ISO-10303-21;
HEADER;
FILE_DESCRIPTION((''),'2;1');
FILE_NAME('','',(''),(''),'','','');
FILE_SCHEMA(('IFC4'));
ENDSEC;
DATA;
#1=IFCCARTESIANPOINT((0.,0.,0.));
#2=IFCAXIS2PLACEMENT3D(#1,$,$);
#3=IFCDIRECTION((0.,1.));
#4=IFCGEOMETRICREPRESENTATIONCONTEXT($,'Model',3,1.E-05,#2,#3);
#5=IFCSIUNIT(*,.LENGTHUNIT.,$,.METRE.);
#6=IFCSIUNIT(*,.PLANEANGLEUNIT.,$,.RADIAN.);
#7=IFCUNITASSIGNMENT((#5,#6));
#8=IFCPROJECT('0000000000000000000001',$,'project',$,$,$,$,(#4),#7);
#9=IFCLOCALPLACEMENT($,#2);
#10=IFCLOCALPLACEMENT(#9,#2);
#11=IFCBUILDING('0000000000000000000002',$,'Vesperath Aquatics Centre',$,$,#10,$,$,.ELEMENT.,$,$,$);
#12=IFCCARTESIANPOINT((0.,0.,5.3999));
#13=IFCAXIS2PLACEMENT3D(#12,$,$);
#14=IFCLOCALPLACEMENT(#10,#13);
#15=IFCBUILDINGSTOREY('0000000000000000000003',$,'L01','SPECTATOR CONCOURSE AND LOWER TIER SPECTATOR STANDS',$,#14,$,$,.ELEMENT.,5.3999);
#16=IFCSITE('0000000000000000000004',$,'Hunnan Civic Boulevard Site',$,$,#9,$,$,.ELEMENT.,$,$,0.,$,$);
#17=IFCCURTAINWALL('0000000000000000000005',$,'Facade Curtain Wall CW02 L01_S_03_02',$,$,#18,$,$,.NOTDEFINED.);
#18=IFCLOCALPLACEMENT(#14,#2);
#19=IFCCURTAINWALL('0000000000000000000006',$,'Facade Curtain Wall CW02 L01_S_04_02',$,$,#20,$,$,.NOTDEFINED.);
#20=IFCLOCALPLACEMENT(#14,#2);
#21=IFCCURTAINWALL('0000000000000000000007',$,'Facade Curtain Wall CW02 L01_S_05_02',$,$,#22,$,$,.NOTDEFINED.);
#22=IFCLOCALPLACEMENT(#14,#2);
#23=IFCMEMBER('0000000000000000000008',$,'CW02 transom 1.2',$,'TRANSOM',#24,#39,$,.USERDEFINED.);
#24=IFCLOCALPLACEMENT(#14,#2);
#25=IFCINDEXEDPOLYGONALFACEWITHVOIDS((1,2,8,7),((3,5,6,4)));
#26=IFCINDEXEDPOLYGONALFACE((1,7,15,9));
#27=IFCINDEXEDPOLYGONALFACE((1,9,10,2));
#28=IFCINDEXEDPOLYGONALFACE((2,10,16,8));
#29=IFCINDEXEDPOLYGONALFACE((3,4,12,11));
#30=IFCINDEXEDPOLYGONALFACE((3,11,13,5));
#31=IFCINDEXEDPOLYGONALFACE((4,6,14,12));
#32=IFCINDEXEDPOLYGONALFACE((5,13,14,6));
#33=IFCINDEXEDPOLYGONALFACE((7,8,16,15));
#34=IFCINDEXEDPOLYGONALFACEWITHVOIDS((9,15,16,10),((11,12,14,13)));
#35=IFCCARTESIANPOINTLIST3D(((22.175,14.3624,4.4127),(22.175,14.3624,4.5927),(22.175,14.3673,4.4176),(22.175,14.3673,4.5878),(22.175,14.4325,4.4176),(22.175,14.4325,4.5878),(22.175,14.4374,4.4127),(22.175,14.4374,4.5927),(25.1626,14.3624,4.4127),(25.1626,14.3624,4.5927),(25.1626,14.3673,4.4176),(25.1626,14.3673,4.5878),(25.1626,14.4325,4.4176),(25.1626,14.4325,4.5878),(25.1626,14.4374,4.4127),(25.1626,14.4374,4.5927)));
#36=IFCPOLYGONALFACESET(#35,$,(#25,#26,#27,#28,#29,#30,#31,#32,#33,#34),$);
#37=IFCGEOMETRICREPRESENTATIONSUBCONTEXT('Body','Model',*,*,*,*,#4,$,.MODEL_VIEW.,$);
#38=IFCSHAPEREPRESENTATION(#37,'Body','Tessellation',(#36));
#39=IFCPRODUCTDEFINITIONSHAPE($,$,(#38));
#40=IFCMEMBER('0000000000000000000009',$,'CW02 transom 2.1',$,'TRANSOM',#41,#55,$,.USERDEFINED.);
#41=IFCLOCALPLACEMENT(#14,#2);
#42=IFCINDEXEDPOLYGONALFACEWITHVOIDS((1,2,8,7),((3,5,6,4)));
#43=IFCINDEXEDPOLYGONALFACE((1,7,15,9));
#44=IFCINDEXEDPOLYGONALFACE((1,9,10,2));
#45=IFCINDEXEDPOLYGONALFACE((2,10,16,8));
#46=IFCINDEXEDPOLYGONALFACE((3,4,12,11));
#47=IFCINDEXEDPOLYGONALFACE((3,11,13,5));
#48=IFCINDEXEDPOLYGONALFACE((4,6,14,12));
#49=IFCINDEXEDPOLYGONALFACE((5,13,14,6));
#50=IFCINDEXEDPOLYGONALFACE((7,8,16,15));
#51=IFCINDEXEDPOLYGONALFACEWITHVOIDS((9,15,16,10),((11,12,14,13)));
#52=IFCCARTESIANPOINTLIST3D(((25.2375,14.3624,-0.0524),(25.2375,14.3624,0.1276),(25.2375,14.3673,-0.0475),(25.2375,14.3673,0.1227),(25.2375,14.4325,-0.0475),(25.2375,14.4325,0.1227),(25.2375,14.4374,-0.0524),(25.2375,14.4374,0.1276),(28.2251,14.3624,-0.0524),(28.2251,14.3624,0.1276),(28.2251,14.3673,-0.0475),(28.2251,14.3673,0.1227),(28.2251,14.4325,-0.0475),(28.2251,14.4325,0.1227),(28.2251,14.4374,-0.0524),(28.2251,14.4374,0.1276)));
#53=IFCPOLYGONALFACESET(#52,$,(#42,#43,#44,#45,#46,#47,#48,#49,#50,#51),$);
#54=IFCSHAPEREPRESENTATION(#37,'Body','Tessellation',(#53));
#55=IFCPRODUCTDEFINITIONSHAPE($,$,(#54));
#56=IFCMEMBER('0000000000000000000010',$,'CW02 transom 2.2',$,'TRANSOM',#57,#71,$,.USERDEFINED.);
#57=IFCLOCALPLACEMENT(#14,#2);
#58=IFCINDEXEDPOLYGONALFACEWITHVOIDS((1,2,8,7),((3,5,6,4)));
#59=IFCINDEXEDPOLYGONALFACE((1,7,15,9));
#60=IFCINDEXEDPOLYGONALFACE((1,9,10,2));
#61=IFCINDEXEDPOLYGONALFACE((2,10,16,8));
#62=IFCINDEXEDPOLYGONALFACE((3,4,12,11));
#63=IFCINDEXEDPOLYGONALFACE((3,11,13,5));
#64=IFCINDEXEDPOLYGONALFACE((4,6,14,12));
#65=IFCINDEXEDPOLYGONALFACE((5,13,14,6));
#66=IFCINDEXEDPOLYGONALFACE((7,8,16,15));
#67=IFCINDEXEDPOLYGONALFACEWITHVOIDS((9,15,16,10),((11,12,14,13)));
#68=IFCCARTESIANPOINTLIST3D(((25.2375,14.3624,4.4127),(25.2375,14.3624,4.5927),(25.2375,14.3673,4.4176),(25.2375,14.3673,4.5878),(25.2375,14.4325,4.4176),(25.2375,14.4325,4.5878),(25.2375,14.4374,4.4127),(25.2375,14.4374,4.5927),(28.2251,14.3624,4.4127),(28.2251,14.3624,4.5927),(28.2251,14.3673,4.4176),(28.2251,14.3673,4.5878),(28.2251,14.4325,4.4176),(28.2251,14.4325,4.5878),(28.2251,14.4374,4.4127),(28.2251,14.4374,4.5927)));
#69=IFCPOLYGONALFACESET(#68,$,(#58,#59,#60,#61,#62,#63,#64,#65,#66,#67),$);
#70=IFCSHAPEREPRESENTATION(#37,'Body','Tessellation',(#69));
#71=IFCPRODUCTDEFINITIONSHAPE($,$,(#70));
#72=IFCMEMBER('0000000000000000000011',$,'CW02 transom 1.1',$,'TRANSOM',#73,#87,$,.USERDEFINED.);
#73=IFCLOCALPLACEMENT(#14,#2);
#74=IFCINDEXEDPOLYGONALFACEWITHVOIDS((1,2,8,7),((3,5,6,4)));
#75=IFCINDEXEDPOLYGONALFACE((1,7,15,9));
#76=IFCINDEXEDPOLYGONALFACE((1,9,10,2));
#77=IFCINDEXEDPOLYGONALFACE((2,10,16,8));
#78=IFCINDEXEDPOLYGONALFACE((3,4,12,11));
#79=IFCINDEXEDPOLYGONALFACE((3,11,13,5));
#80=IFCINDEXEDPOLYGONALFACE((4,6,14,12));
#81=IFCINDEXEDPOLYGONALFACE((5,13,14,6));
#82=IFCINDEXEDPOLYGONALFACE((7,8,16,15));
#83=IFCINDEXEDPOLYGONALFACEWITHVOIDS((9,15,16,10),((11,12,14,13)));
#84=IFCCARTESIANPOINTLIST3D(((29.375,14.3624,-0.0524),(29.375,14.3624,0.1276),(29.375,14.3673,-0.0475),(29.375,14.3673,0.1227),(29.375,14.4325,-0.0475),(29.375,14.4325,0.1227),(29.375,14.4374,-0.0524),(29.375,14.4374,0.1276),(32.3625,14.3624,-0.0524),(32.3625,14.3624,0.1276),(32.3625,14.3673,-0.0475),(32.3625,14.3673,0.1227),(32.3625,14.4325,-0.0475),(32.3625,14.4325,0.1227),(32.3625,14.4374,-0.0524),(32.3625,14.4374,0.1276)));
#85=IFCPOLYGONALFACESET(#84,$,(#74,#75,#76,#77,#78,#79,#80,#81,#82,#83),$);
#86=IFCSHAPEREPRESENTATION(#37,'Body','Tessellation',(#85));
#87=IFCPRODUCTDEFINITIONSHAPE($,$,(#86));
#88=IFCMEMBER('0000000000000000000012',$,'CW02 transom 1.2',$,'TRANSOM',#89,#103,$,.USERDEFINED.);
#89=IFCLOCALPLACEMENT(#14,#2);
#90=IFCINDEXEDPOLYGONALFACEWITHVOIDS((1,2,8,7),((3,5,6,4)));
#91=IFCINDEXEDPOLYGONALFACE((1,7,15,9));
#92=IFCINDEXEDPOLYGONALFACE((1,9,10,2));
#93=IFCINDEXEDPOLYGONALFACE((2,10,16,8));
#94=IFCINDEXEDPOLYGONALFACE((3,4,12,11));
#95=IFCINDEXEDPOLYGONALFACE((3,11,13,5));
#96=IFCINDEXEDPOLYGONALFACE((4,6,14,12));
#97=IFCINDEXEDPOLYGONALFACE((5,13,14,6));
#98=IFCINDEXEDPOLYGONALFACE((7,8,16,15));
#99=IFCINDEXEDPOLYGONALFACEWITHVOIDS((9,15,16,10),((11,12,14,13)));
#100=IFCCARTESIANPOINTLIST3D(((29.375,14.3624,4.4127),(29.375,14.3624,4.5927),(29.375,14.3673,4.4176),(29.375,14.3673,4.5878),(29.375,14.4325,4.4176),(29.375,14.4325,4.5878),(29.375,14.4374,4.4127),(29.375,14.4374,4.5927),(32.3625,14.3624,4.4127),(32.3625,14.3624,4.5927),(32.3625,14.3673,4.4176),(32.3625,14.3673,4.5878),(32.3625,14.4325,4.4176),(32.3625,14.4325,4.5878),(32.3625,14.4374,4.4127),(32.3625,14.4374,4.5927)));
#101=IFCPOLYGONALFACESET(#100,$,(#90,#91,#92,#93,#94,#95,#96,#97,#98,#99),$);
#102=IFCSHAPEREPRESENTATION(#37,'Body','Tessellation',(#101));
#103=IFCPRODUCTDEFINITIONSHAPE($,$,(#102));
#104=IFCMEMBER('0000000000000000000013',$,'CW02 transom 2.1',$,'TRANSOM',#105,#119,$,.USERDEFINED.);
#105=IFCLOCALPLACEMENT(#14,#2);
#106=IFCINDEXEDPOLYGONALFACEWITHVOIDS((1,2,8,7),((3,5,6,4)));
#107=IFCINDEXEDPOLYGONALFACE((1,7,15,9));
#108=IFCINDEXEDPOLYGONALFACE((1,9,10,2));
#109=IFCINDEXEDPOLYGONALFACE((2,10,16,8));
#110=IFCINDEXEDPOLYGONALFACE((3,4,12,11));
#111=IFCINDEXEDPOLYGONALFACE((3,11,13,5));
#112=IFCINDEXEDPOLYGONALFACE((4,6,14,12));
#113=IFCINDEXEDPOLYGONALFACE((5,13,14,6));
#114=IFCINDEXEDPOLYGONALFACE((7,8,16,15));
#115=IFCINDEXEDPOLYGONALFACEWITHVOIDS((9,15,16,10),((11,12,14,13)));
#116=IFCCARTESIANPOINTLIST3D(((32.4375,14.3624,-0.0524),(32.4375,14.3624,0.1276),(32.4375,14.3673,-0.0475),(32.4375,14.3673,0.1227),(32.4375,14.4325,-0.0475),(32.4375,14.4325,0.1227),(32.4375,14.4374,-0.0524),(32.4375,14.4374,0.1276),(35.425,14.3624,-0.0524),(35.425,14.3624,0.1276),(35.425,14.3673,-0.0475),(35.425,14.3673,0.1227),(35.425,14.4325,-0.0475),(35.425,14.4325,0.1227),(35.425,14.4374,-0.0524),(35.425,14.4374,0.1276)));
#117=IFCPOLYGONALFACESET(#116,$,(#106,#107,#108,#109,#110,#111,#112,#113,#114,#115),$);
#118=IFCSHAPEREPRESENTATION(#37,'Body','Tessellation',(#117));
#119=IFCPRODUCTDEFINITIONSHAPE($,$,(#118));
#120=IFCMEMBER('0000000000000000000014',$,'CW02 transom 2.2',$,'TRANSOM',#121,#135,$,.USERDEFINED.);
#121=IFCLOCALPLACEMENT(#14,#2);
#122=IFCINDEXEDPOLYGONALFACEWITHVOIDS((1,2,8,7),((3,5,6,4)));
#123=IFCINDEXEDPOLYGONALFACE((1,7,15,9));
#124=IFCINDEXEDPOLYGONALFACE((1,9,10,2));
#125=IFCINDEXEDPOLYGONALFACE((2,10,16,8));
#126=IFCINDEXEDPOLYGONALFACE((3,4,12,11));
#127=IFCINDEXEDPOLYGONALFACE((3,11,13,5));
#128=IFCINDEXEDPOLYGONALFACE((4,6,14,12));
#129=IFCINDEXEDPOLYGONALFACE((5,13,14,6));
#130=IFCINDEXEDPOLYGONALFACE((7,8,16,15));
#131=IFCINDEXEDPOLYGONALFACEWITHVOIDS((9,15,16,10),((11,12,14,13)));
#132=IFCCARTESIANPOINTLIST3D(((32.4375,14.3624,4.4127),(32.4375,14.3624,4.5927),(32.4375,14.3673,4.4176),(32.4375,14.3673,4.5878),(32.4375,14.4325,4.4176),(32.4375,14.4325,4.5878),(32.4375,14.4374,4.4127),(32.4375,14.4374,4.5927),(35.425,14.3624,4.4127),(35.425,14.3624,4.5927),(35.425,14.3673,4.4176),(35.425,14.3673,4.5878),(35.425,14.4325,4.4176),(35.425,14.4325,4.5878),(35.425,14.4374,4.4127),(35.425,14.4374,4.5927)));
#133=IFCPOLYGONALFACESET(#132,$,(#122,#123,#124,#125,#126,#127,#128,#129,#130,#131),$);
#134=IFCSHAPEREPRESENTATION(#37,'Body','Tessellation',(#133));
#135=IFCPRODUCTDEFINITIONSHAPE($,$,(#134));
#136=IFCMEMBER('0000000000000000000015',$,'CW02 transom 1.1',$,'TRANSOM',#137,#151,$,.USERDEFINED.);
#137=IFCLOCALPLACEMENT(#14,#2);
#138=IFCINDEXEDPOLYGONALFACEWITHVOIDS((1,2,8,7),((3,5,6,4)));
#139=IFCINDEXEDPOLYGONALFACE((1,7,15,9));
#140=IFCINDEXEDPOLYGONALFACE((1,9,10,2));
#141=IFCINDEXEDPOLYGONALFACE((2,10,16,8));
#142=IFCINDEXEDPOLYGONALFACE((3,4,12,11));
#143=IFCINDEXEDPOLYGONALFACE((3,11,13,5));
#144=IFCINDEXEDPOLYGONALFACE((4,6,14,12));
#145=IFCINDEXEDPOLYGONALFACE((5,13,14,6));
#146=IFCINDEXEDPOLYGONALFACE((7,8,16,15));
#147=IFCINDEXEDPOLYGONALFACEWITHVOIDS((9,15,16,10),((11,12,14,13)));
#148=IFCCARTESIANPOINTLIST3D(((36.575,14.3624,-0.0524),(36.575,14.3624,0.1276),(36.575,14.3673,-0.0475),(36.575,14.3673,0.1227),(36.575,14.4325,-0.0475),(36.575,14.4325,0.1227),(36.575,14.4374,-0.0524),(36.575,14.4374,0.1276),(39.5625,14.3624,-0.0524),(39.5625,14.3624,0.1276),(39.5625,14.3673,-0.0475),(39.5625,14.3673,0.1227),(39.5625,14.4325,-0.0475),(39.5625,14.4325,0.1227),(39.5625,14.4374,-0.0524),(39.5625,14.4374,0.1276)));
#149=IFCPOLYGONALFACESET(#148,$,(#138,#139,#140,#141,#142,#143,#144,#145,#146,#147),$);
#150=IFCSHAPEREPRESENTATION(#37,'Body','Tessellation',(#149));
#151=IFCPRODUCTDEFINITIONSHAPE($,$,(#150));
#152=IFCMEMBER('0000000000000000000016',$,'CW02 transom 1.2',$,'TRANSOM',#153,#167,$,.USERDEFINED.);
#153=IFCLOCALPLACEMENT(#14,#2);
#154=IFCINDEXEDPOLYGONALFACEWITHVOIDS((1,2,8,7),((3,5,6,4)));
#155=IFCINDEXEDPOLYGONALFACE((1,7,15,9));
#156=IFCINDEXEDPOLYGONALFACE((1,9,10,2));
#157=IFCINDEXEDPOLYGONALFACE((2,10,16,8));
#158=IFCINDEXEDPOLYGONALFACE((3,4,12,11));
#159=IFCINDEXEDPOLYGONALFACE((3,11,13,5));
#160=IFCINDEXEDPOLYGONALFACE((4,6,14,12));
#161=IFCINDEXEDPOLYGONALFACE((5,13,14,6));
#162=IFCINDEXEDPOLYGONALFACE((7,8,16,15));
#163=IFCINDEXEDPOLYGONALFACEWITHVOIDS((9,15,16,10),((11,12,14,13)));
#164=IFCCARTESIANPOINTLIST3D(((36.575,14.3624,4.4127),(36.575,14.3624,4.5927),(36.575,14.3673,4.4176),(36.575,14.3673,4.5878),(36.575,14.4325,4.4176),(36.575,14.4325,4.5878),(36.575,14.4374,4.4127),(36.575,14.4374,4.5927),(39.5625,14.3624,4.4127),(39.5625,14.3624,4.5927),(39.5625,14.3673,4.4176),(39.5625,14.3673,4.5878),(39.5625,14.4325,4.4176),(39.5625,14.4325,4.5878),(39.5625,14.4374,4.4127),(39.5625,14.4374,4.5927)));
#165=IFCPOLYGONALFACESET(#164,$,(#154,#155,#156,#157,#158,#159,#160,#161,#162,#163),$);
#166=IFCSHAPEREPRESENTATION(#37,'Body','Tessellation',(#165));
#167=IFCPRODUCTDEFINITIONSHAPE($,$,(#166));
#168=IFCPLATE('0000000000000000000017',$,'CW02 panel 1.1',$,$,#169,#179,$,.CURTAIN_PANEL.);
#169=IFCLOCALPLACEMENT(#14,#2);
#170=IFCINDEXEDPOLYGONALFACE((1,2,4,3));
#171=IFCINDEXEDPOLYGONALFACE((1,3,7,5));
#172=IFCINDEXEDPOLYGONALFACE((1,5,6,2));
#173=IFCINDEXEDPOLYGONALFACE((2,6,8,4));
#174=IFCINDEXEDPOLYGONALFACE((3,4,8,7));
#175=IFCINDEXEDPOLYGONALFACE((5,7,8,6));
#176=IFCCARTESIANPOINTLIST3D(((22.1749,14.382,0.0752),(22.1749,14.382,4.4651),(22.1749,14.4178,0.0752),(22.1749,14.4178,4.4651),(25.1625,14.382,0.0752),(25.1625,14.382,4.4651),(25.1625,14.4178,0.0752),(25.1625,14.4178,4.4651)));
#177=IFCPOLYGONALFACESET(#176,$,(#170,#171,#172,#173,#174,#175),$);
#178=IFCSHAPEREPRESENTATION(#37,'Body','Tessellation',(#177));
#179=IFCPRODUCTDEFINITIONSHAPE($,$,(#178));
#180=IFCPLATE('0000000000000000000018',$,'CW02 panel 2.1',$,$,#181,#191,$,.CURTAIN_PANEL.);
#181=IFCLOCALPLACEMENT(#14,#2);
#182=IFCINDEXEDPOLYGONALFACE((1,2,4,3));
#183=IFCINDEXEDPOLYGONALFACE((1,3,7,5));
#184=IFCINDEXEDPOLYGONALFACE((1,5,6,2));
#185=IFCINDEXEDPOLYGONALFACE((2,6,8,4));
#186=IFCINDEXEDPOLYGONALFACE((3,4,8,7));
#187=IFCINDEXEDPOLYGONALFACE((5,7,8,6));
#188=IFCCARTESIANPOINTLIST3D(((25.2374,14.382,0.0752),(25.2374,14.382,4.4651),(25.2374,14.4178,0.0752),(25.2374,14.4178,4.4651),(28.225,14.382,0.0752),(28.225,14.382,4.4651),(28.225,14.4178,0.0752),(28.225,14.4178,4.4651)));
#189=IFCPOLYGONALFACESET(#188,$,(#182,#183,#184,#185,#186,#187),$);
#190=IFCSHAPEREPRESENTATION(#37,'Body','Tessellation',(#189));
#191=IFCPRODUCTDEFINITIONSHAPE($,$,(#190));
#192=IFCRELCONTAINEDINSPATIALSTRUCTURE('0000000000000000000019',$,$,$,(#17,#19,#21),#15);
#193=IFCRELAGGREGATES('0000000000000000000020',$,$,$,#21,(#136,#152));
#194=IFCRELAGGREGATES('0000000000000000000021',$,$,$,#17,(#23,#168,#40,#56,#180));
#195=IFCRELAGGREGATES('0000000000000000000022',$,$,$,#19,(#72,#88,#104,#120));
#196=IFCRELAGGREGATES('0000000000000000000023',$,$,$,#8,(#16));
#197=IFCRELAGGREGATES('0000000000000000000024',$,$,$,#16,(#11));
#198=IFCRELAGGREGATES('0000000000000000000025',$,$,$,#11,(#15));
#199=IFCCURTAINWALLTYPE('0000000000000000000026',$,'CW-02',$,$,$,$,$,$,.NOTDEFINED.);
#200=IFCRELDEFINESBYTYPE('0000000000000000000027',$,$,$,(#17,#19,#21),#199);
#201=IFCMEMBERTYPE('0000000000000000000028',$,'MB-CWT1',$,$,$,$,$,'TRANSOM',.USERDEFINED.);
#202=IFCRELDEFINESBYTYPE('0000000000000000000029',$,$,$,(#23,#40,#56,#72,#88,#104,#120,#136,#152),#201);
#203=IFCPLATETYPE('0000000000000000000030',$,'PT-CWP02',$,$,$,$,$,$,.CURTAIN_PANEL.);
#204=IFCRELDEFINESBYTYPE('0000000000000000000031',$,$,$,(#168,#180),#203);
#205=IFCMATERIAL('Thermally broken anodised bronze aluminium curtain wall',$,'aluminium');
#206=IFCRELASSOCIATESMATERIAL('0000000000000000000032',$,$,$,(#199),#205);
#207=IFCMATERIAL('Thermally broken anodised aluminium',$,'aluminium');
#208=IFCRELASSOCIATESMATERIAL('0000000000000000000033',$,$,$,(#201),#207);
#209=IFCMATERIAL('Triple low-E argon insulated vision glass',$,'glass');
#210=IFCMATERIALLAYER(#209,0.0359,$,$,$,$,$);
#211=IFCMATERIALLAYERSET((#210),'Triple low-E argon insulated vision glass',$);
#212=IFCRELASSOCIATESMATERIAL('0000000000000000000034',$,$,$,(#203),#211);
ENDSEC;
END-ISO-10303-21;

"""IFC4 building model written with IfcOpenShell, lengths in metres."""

from ifc_helpers import new_model, si_unit, direction, frame, origin, origin_2d, place, context, subcontext, project, spatial, rectangle, hollow_rectangle, extrude, material, layer, layer_set, material_profile, profile_set, type_object, element, aggregate, save


model = new_model("IFC4")

# Units and contexts
model_context = context("Model", 3, precision=1e-05, world=origin(), true_north=direction((0.0, 1.0)))
body_context = subcontext(model_context, "Body", "Model", "MODEL_VIEW")
ifc_project = project(units=[si_unit("LENGTHUNIT", "METRE"), si_unit("PLANEANGLEUNIT", "RADIAN")], contexts=[model_context])

# Site, building, storey
site_placement = place(None, origin())
site = spatial("IfcSite", under=ifc_project, at=site_placement, Name="Hunnan Civic Boulevard Site", CompositionType="ELEMENT", RefElevation=0.0)
building_placement = place(site_placement, origin())
building = spatial("IfcBuilding", under=site, at=building_placement, Name="Vesperath Aquatics Centre", CompositionType="ELEMENT")
storey_placement = place(building_placement, frame((0.0, 0.0, 5.3999)))
storey = spatial("IfcBuildingStorey", under=building, at=storey_placement, Name="L01", Description="SPECTATOR CONCOURSE AND LOWER TIER SPECTATOR STANDS", CompositionType="ELEMENT", Elevation=5.3999)

# Curtain walls
ifc_material_1 = material(Name="Thermally broken anodised bronze aluminium curtain wall", Category="aluminium")
curtain_wall_type = type_object("IfcCurtainWallType", Name="CW-02", PredefinedType="NOTDEFINED", material=ifc_material_1)
curtain_wall_1_placement = place(storey_placement, origin())
curtain_wall_1 = element("IfcCurtainWall", 1, at=curtain_wall_1_placement, inside=storey, type_object=curtain_wall_type, Name="Facade Curtain Wall CW02 L01_S_03_02", PredefinedType="NOTDEFINED")
ifc_material_2 = material(Name="Thermally broken anodised aluminium", Category="aluminium")
curtain_wall_2_placement = place(storey_placement, origin())
curtain_wall_2 = element("IfcCurtainWall", 2, at=curtain_wall_2_placement, inside=storey, type_object=curtain_wall_type, Name="Facade Curtain Wall CW02 L01_S_04_02", PredefinedType="NOTDEFINED")

# Curtain wall
curtain_wall_3_placement = place(storey_placement, origin())
curtain_wall_3 = element("IfcCurtainWall", 3, at=curtain_wall_3_placement, inside=storey, type_object=curtain_wall_type, Name="Facade Curtain Wall CW02 L01_S_05_02", PredefinedType="NOTDEFINED")

# Members
ifc_material_profile_1 = material_profile(ifc_material_2, hollow_rectangle(XDim=0.075, YDim=0.1799, WallThickness=0.0049, at=origin_2d()), Name="CWT 75x180x5")
ifc_profile_set_1 = profile_set([ifc_material_profile_1], Name="Thermally broken anodised aluminium")
member_type_1 = type_object("IfcMemberType", Name="MB-CWT1", ElementType="TRANSOM", PredefinedType="USERDEFINED", material=ifc_profile_set_1)
member_1_placement = place(storey_placement, frame((22.175, 14.3999, 4.5027), z_axis=(1.0, 0.0, 0.0), x_axis=(0.0, 1.0, 0.0)))
member_1 = element("IfcMember", 4, at=member_1_placement, type_object=member_type_1, Name="CW02 transom 1.2", ObjectType="TRANSOM", PredefinedType="USERDEFINED", context=body_context, shape_type="SweptSolid", body=[
    extrude(hollow_rectangle(XDim=0.075, YDim=0.1799, WallThickness=0.0049, at=origin_2d()), origin(), (0.0, 0.0, 1.0), 2.9875),
])
member_2_placement = place(storey_placement, frame((25.2375, 14.3999, 0.0376), z_axis=(1.0, 0.0, 0.0), x_axis=(0.0, 1.0, 0.0)))
member_2 = element("IfcMember", 5, at=member_2_placement, type_object=member_type_1, Name="CW02 transom 2.1", ObjectType="TRANSOM", PredefinedType="USERDEFINED", context=body_context, shape_type="SweptSolid", body=[
    extrude(hollow_rectangle(XDim=0.075, YDim=0.1799, WallThickness=0.0049, at=origin_2d()), origin(), (0.0, 0.0, 1.0), 2.9875),
])
member_3_placement = place(storey_placement, frame((25.2375, 14.3999, 4.5027), z_axis=(1.0, 0.0, 0.0), x_axis=(0.0, 1.0, 0.0)))
member_3 = element("IfcMember", 6, at=member_3_placement, type_object=member_type_1, Name="CW02 transom 2.2", ObjectType="TRANSOM", PredefinedType="USERDEFINED", context=body_context, shape_type="SweptSolid", body=[
    extrude(hollow_rectangle(XDim=0.075, YDim=0.1799, WallThickness=0.0049, at=origin_2d()), origin(), (0.0, 0.0, 1.0), 2.9875),
])
member_4_placement = place(storey_placement, frame((29.375, 14.3999, 0.0376), z_axis=(1.0, 0.0, 0.0), x_axis=(0.0, 1.0, 0.0)))
member_4 = element("IfcMember", 7, at=member_4_placement, type_object=member_type_1, Name="CW02 transom 1.1", ObjectType="TRANSOM", PredefinedType="USERDEFINED", context=body_context, shape_type="SweptSolid", body=[
    extrude(hollow_rectangle(XDim=0.075, YDim=0.1799, WallThickness=0.0049, at=origin_2d()), origin(), (0.0, 0.0, 1.0), 2.9875),
])
member_5_placement = place(storey_placement, frame((29.375, 14.3999, 4.5027), z_axis=(1.0, 0.0, 0.0), x_axis=(0.0, 1.0, 0.0)))
member_5 = element("IfcMember", 8, at=member_5_placement, type_object=member_type_1, Name="CW02 transom 1.2", ObjectType="TRANSOM", PredefinedType="USERDEFINED", context=body_context, shape_type="SweptSolid", body=[
    extrude(hollow_rectangle(XDim=0.075, YDim=0.1799, WallThickness=0.0049, at=origin_2d()), origin(), (0.0, 0.0, 1.0), 2.9875),
])
member_6_placement = place(storey_placement, frame((32.4375, 14.3999, 0.0376), z_axis=(1.0, 0.0, 0.0), x_axis=(0.0, 1.0, 0.0)))
member_6 = element("IfcMember", 9, at=member_6_placement, type_object=member_type_1, Name="CW02 transom 2.1", ObjectType="TRANSOM", PredefinedType="USERDEFINED", context=body_context, shape_type="SweptSolid", body=[
    extrude(hollow_rectangle(XDim=0.075, YDim=0.1799, WallThickness=0.0049, at=origin_2d()), origin(), (0.0, 0.0, 1.0), 2.9875),
])
member_7_placement = place(storey_placement, frame((32.4375, 14.3999, 4.5027), z_axis=(1.0, 0.0, 0.0), x_axis=(0.0, 1.0, 0.0)))
member_7 = element("IfcMember", 10, at=member_7_placement, type_object=member_type_1, Name="CW02 transom 2.2", ObjectType="TRANSOM", PredefinedType="USERDEFINED", context=body_context, shape_type="SweptSolid", body=[
    extrude(hollow_rectangle(XDim=0.075, YDim=0.1799, WallThickness=0.0049, at=origin_2d()), origin(), (0.0, 0.0, 1.0), 2.9875),
])
member_8_placement = place(storey_placement, frame((36.575, 14.3999, 0.0376), z_axis=(1.0, 0.0, 0.0), x_axis=(0.0, 1.0, 0.0)))
member_8 = element("IfcMember", 11, at=member_8_placement, type_object=member_type_1, Name="CW02 transom 1.1", ObjectType="TRANSOM", PredefinedType="USERDEFINED", context=body_context, shape_type="SweptSolid", body=[
    extrude(hollow_rectangle(XDim=0.075, YDim=0.1799, WallThickness=0.0049, at=origin_2d()), origin(), (0.0, 0.0, 1.0), 2.9875),
])
member_9_placement = place(storey_placement, frame((36.575, 14.3999, 4.5027), z_axis=(1.0, 0.0, 0.0), x_axis=(0.0, 1.0, 0.0)))
member_9 = element("IfcMember", 12, at=member_9_placement, type_object=member_type_1, Name="CW02 transom 1.2", ObjectType="TRANSOM", PredefinedType="USERDEFINED", context=body_context, shape_type="SweptSolid", body=[
    extrude(hollow_rectangle(XDim=0.075, YDim=0.1799, WallThickness=0.0049, at=origin_2d()), origin(), (0.0, 0.0, 1.0), 2.9875),
])
aggregate(curtain_wall_3, [member_8, member_9])

# Plates
ifc_material_3 = material(Name="Triple low-E argon insulated vision glass", Category="glass")
ifc_layer = layer(ifc_material_3, 0.0359)
ifc_layer_set = layer_set([ifc_layer], Name="Triple low-E argon insulated vision glass")
plate_type = type_object("IfcPlateType", Name="PT-CWP02", PredefinedType="CURTAIN_PANEL", material=ifc_layer_set)
plate_1_placement = place(storey_placement, frame((23.6687, 14.3999, 0.0752), z_axis=(0.0, 0.0, 1.0), x_axis=(1.0, 0.0, 0.0)))
plate_1 = element("IfcPlate", 13, at=plate_1_placement, type_object=plate_type, Name="CW02 panel 1.1", PredefinedType="CURTAIN_PANEL", context=body_context, shape_type="SweptSolid", body=[
    extrude(rectangle(XDim=2.9875, YDim=0.0359, at=origin_2d()), origin(), (0.0, 0.0, 1.0), 4.3899),
])
plate_2_placement = place(storey_placement, frame((26.7312, 14.3999, 0.0752), z_axis=(0.0, 0.0, 1.0), x_axis=(1.0, 0.0, 0.0)))
plate_2 = element("IfcPlate", 14, at=plate_2_placement, type_object=plate_type, Name="CW02 panel 2.1", PredefinedType="CURTAIN_PANEL", context=body_context, shape_type="SweptSolid", body=[
    extrude(rectangle(XDim=2.9875, YDim=0.0359, at=origin_2d()), origin(), (0.0, 0.0, 1.0), 4.3899),
])
aggregate(curtain_wall_1, [member_1, plate_1, member_2, member_3, plate_2])
aggregate(curtain_wall_2, [member_4, member_5, member_6, member_7])

save(model, "model.ifc")
